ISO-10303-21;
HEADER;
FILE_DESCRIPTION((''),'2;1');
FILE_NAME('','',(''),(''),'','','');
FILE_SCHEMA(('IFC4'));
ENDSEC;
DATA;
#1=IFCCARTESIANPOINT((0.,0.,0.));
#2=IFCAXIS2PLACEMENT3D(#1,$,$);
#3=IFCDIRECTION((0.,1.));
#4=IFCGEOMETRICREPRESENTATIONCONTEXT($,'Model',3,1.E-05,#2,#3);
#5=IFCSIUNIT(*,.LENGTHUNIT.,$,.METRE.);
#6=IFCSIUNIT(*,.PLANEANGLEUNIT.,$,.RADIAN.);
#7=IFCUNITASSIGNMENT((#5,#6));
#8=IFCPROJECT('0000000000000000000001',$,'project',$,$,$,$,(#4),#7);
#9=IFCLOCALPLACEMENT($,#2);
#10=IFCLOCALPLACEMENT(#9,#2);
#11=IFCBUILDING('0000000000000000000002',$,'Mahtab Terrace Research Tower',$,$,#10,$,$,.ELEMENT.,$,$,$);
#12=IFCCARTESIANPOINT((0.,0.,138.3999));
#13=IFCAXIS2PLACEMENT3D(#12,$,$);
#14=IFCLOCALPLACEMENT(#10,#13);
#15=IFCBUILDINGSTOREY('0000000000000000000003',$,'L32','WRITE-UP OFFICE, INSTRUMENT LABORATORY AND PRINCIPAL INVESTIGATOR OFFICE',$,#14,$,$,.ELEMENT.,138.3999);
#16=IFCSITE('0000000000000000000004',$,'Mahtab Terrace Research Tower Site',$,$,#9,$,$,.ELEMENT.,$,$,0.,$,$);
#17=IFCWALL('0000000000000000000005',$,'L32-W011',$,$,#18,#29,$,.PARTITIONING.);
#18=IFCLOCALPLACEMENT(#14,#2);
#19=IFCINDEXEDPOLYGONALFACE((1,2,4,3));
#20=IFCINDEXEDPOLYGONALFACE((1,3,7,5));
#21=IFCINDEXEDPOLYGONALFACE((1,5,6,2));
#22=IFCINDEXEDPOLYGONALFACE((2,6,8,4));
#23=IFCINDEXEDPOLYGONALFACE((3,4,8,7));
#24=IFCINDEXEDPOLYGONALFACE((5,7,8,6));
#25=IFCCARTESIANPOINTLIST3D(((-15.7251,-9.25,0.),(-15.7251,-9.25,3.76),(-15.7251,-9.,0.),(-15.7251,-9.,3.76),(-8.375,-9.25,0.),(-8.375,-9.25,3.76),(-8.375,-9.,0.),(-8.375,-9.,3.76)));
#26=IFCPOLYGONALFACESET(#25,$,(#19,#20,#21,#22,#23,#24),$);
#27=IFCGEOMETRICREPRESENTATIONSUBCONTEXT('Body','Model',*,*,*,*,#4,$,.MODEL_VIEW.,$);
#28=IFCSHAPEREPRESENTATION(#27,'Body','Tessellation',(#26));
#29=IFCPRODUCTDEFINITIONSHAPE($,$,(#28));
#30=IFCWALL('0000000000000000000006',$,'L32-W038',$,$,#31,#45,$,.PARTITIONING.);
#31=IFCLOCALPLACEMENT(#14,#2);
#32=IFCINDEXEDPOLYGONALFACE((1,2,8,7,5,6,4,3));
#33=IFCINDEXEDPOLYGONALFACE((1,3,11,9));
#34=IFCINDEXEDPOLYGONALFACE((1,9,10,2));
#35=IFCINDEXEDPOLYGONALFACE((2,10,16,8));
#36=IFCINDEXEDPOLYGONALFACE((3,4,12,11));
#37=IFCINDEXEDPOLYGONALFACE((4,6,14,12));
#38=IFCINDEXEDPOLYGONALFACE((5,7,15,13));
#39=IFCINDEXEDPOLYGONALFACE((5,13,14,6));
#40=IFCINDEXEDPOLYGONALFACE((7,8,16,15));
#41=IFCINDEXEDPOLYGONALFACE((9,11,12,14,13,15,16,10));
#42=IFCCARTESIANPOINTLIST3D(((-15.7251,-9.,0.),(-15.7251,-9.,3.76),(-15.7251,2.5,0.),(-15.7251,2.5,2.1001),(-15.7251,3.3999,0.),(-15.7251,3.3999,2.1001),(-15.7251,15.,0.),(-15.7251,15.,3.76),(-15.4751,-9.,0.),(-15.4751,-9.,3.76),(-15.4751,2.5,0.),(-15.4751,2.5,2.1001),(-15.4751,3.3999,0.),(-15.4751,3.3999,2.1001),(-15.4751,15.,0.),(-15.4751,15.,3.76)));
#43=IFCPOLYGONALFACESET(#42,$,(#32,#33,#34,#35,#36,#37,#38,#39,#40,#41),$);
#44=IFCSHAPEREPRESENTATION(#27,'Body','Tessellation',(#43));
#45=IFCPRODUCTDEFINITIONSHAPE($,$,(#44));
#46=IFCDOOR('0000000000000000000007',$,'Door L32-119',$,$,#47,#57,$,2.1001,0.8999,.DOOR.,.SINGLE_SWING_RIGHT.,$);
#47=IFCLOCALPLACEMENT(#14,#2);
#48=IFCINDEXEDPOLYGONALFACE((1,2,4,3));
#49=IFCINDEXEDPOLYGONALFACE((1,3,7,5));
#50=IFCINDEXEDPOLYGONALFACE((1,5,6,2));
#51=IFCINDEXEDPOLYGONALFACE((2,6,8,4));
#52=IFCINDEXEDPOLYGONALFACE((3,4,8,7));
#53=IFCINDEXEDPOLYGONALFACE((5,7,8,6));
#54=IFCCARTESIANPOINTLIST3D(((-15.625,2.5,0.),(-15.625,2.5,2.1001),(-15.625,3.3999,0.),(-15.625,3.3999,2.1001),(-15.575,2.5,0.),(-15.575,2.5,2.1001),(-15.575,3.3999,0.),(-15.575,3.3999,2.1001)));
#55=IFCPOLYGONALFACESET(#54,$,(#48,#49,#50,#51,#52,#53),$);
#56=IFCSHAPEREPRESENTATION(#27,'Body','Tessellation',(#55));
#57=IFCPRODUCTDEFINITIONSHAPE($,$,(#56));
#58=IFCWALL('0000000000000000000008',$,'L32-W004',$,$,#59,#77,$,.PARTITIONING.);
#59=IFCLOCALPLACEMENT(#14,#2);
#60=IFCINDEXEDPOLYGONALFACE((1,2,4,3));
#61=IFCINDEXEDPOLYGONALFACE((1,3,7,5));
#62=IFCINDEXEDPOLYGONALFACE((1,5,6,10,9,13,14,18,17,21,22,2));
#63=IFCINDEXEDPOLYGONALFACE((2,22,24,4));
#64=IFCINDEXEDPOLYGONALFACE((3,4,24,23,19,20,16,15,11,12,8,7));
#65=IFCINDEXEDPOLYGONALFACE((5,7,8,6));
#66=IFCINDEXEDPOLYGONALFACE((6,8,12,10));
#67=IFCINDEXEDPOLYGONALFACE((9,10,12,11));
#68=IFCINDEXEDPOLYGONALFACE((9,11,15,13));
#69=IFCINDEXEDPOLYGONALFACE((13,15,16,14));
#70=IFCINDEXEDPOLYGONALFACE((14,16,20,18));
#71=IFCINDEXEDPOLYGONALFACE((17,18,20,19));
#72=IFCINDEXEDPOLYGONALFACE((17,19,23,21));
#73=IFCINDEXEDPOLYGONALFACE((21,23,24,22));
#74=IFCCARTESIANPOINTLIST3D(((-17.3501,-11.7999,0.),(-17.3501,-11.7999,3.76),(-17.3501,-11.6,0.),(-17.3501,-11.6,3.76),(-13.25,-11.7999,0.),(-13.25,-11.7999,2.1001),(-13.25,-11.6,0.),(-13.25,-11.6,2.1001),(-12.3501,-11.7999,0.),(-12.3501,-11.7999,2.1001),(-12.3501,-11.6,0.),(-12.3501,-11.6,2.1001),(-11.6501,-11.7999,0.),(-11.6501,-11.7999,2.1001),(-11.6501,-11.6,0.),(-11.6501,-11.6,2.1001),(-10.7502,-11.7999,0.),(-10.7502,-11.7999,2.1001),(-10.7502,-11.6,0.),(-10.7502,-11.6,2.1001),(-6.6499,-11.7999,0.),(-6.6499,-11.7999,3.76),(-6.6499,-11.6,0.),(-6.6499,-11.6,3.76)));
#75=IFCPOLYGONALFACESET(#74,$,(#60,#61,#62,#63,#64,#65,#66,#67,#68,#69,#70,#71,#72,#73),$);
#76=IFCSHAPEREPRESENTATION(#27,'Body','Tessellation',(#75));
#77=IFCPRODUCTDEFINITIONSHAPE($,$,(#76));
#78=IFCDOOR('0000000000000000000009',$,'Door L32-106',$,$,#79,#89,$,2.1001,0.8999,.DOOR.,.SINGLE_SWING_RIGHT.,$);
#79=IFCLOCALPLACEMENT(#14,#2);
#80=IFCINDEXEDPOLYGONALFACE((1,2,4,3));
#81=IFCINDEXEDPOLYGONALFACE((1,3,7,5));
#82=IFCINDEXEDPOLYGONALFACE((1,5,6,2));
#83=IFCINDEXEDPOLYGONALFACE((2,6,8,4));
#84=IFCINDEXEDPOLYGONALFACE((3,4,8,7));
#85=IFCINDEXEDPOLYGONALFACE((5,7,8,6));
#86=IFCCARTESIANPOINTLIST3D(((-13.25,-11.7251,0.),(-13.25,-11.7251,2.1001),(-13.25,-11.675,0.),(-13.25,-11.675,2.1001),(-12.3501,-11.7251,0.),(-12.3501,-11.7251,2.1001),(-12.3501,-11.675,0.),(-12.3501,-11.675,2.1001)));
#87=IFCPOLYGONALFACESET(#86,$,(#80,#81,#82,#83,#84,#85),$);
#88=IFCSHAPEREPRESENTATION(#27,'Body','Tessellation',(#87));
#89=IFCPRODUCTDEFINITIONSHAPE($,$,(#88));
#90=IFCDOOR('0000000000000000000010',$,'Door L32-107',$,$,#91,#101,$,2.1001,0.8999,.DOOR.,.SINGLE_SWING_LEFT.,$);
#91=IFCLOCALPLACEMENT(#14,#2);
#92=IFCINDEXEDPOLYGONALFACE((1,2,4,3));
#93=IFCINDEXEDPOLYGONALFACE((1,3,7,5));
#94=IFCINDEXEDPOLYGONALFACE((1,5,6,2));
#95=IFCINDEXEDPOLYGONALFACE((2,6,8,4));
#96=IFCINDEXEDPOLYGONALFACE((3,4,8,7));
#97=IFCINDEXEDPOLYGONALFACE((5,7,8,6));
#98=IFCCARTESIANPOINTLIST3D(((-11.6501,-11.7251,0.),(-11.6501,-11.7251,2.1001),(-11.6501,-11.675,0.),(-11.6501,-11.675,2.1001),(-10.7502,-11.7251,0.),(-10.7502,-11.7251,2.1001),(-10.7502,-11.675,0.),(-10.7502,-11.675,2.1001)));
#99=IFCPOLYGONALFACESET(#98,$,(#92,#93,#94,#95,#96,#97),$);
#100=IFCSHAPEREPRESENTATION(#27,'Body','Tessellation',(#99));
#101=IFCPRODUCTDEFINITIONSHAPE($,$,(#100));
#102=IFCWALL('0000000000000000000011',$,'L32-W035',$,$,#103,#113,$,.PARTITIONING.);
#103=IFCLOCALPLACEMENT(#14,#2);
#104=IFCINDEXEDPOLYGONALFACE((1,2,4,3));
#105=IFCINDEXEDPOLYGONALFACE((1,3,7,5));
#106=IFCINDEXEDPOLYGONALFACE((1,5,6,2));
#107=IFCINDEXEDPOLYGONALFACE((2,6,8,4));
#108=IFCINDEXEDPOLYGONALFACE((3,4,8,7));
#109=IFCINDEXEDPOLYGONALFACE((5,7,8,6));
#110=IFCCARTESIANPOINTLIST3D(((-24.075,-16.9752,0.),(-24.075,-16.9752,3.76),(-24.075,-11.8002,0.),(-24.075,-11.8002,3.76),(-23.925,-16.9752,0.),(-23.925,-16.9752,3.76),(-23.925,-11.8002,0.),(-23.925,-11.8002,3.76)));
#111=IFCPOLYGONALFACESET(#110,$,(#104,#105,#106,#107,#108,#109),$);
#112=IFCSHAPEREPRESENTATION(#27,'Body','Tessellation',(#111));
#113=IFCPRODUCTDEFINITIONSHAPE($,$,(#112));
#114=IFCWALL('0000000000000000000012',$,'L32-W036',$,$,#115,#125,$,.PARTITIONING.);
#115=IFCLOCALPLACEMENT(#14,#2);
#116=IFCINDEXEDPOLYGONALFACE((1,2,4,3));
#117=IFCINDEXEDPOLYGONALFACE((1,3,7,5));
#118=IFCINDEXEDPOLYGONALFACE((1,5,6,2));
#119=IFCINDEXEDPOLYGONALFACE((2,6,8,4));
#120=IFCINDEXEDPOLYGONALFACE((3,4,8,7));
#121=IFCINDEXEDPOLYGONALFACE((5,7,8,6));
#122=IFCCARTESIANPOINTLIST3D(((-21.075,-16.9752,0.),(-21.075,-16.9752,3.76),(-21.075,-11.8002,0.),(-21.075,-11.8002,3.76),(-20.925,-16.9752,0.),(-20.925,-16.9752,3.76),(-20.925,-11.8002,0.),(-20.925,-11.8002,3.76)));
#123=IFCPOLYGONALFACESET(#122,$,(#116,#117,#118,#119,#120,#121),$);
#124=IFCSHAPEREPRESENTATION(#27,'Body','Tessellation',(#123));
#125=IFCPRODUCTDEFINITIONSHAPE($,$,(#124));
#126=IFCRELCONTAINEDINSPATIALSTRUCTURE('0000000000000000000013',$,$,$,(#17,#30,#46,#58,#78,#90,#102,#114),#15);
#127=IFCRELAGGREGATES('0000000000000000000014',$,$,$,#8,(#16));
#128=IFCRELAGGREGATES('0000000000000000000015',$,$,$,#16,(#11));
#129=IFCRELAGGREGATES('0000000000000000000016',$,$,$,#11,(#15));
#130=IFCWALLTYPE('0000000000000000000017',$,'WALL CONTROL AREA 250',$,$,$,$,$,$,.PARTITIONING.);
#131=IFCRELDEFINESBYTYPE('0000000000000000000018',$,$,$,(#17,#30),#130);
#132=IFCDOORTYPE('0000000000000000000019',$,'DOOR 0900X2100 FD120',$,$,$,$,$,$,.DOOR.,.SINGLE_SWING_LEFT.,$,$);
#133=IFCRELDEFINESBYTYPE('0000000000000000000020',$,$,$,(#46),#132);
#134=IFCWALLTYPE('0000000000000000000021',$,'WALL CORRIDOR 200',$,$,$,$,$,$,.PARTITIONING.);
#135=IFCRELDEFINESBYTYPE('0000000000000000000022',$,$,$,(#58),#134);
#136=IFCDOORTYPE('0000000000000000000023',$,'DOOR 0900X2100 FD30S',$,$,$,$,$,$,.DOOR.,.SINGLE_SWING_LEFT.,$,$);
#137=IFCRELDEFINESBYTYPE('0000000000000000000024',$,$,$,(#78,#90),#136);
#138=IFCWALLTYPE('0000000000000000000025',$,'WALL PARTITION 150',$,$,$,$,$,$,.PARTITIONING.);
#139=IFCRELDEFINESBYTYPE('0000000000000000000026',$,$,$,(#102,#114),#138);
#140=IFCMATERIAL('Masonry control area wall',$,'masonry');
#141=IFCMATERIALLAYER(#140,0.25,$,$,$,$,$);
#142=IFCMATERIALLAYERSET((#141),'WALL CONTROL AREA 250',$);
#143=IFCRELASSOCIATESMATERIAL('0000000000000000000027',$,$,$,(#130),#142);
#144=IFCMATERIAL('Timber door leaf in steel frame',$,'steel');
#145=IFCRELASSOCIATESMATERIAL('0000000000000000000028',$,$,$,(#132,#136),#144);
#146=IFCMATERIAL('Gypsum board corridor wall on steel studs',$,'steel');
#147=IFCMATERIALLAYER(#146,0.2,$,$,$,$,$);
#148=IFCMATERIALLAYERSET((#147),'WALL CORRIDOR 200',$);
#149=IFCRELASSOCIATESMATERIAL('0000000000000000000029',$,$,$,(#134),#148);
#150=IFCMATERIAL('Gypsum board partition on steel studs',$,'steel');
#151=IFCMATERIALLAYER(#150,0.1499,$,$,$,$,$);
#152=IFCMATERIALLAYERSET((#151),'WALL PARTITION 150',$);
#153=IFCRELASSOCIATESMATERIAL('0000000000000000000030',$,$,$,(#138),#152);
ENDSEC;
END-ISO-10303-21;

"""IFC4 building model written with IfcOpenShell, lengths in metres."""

from ifc_helpers import new_model, si_unit, direction, frame, frame_2d, origin, place, context, subcontext, project, spatial, rectangle, extrude, material, layer, layer_set, type_object, element, fill, save


model = new_model("IFC4")

# Units and contexts
model_context = context("Model", 3, precision=1e-05, world=origin(), true_north=direction((0.0, 1.0)))
body_context = subcontext(model_context, "Body", "Model", "MODEL_VIEW")
ifc_project = project(units=[si_unit("LENGTHUNIT", "METRE"), si_unit("PLANEANGLEUNIT", "RADIAN")], contexts=[model_context])

# Site, building, storey
site_placement = place(None, origin())
site = spatial("IfcSite", under=ifc_project, at=site_placement, Name="Mahtab Terrace Research Tower Site", CompositionType="ELEMENT", RefElevation=0.0)
building_placement = place(site_placement, origin())
building = spatial("IfcBuilding", under=site, at=building_placement, Name="Mahtab Terrace Research Tower", CompositionType="ELEMENT")
storey_placement = place(building_placement, frame((0.0, 0.0, 138.3999)))
storey = spatial("IfcBuildingStorey", under=building, at=storey_placement, Name="L32", Description="WRITE-UP OFFICE, INSTRUMENT LABORATORY AND PRINCIPAL INVESTIGATOR OFFICE", CompositionType="ELEMENT", Elevation=138.3999)

# Wall
ifc_material_1 = material(Name="Masonry control area wall", Category="masonry")
ifc_layer_1 = layer(ifc_material_1, 0.25)
ifc_layer_set_1 = layer_set([ifc_layer_1], Name="WALL CONTROL AREA 250")
wall_type_1 = type_object("IfcWallType", Name="WALL CONTROL AREA 250", PredefinedType="PARTITIONING", material=ifc_layer_set_1)
wall_1_placement = place(storey_placement, frame((-15.7251, -9.125, 0.0), z_axis=(0.0, 0.0, 1.0), x_axis=(1.0, 0.0, 0.0)))
element("IfcWall", 1, at=wall_1_placement, inside=storey, type_object=wall_type_1, Name="L32-W011", PredefinedType="PARTITIONING", context=body_context, shape_type="SweptSolid", body=[
    extrude(rectangle(XDim=7.3501, YDim=0.25, at=frame_2d((3.675, 0.0))), origin(), (0.0, 0.0, 1.0), 3.76),
])

# Wall, opening, door
wall_2_placement = place(storey_placement, frame((-15.6001, -9.0, 0.0), z_axis=(0.0, 0.0, 1.0), x_axis=(0.0, 1.0, 0.0)))
wall_2 = element("IfcWall", 2, at=wall_2_placement, inside=storey, type_object=wall_type_1, Name="L32-W038", PredefinedType="PARTITIONING", context=body_context, shape_type="SweptSolid", body=[
    extrude(rectangle(XDim=24.0, YDim=0.25, at=frame_2d((12.0, 0.0))), origin(), (0.0, 0.0, 1.0), 3.76),
])
opening_1_placement = place(wall_2_placement, frame((11.5, 0.0, 0.0)))
opening_1 = element("IfcOpeningElement", 3, at=opening_1_placement, cuts=wall_2, PredefinedType="OPENING", context=body_context, shape_type="SweptSolid", body=[
    extrude(rectangle(XDim=0.8999, YDim=2.1001, at=frame_2d((0.45, 1.05))), frame((0.0, 0.135, 0.0), z_axis=(0.0, -1.0, 0.0), x_axis=(1.0, 0.0, 0.0)), (0.0, 0.0, 1.0), 0.27),
])
ifc_material_2 = material(Name="Timber door leaf in steel frame", Category="steel")
door_type_1 = type_object("IfcDoorType", Name="DOOR 0900X2100 FD120", OperationType="SINGLE_SWING_LEFT", PredefinedType="DOOR", material=ifc_material_2)
door_1_placement = place(opening_1_placement, origin())
door_1 = element("IfcDoor", 4, at=door_1_placement, inside=storey, type_object=door_type_1, Name="Door L32-119", OperationType="SINGLE_SWING_RIGHT", OverallHeight=2.1001, OverallWidth=0.8999, PredefinedType="DOOR", context=body_context, shape_type="SweptSolid", body=[
    extrude(rectangle(XDim=0.8999, YDim=2.1001, at=frame_2d((0.45, 1.05))), frame((0.0, 0.0249, 0.0), z_axis=(0.0, -1.0, 0.0), x_axis=(1.0, 0.0, 0.0)), (0.0, 0.0, 1.0), 0.05),
])
fill(opening_1, door_1)

# Wall, openings, doors
ifc_material_3 = material(Name="Gypsum board corridor wall on steel studs", Category="steel")
ifc_layer_2 = layer(ifc_material_3, 0.2)
ifc_layer_set_2 = layer_set([ifc_layer_2], Name="WALL CORRIDOR 200")
wall_type_2 = type_object("IfcWallType", Name="WALL CORRIDOR 200", PredefinedType="PARTITIONING", material=ifc_layer_set_2)
wall_3_placement = place(storey_placement, frame((-17.3501, -11.7, 0.0), z_axis=(0.0, 0.0, 1.0), x_axis=(1.0, 0.0, 0.0)))
wall_3 = element("IfcWall", 5, at=wall_3_placement, inside=storey, type_object=wall_type_2, Name="L32-W004", PredefinedType="PARTITIONING", context=body_context, shape_type="SweptSolid", body=[
    extrude(rectangle(XDim=10.7002, YDim=0.2, at=frame_2d((5.3501, 0.0))), origin(), (0.0, 0.0, 1.0), 3.76),
])
opening_2_placement = place(wall_3_placement, frame((4.1001, 0.0, 0.0)))
opening_2 = element("IfcOpeningElement", 6, at=opening_2_placement, cuts=wall_3, PredefinedType="OPENING", context=body_context, shape_type="SweptSolid", body=[
    extrude(rectangle(XDim=0.8999, YDim=2.1001, at=frame_2d((0.45, 1.05))), frame((0.0, 0.1099, 0.0), z_axis=(0.0, -1.0, 0.0), x_axis=(1.0, 0.0, 0.0)), (0.0, 0.0, 1.0), 0.22),
])
opening_3_placement = place(wall_3_placement, frame((5.7, 0.0, 0.0)))
opening_3 = element("IfcOpeningElement", 7, at=opening_3_placement, cuts=wall_3, PredefinedType="OPENING", context=body_context, shape_type="SweptSolid", body=[
    extrude(rectangle(XDim=0.8999, YDim=2.1001, at=frame_2d((0.45, 1.05))), frame((0.0, 0.1099, 0.0), z_axis=(0.0, -1.0, 0.0), x_axis=(1.0, 0.0, 0.0)), (0.0, 0.0, 1.0), 0.22),
])
door_type_2 = type_object("IfcDoorType", Name="DOOR 0900X2100 FD30S", OperationType="SINGLE_SWING_LEFT", PredefinedType="DOOR", material=ifc_material_2)
door_2_placement = place(opening_2_placement, origin())
door_2 = element("IfcDoor", 8, at=door_2_placement, inside=storey, type_object=door_type_2, Name="Door L32-106", OperationType="SINGLE_SWING_RIGHT", OverallHeight=2.1001, OverallWidth=0.8999, PredefinedType="DOOR", context=body_context, shape_type="SweptSolid", body=[
    extrude(rectangle(XDim=0.8999, YDim=2.1001, at=frame_2d((0.45, 1.05))), frame((0.0, 0.0249, 0.0), z_axis=(0.0, -1.0, 0.0), x_axis=(1.0, 0.0, 0.0)), (0.0, 0.0, 1.0), 0.05),
])
fill(opening_2, door_2)
door_3_placement = place(opening_3_placement, origin())
door_3 = element("IfcDoor", 9, at=door_3_placement, inside=storey, type_object=door_type_2, Name="Door L32-107", OperationType="SINGLE_SWING_LEFT", OverallHeight=2.1001, OverallWidth=0.8999, PredefinedType="DOOR", context=body_context, shape_type="SweptSolid", body=[
    extrude(rectangle(XDim=0.8999, YDim=2.1001, at=frame_2d((0.45, 1.05))), frame((0.0, 0.0249, 0.0), z_axis=(0.0, -1.0, 0.0), x_axis=(1.0, 0.0, 0.0)), (0.0, 0.0, 1.0), 0.05),
])
fill(opening_3, door_3)

# Walls
ifc_material_4 = material(Name="Gypsum board partition on steel studs", Category="steel")
ifc_layer_3 = layer(ifc_material_4, 0.1499)
ifc_layer_set_3 = layer_set([ifc_layer_3], Name="WALL PARTITION 150")
wall_type_3 = type_object("IfcWallType", Name="WALL PARTITION 150", PredefinedType="PARTITIONING", material=ifc_layer_set_3)
for number, where, z_axis, x_axis, name in (
    (10, (-24.0, -16.9751, 0.0), (0.0, 0.0, 1.0), (0.0, 1.0, 0.0), "L32-W035"),
    (11, (-21.0, -16.9751, 0.0), (0.0, 0.0, 1.0), (0.0, 1.0, 0.0), "L32-W036"),
):
    element("IfcWall", number, at=place(storey_placement, frame(where, z_axis=z_axis, x_axis=x_axis)), inside=storey, type_object=wall_type_3, Name=name, PredefinedType="PARTITIONING", context=body_context, shape_type="SweptSolid", body=[
        extrude(rectangle(XDim=5.175, YDim=0.1499, at=frame_2d((2.5874, 0.0))), origin(), (0.0, 0.0, 1.0), 3.76),
    ])

save(model, "model.ifc")
